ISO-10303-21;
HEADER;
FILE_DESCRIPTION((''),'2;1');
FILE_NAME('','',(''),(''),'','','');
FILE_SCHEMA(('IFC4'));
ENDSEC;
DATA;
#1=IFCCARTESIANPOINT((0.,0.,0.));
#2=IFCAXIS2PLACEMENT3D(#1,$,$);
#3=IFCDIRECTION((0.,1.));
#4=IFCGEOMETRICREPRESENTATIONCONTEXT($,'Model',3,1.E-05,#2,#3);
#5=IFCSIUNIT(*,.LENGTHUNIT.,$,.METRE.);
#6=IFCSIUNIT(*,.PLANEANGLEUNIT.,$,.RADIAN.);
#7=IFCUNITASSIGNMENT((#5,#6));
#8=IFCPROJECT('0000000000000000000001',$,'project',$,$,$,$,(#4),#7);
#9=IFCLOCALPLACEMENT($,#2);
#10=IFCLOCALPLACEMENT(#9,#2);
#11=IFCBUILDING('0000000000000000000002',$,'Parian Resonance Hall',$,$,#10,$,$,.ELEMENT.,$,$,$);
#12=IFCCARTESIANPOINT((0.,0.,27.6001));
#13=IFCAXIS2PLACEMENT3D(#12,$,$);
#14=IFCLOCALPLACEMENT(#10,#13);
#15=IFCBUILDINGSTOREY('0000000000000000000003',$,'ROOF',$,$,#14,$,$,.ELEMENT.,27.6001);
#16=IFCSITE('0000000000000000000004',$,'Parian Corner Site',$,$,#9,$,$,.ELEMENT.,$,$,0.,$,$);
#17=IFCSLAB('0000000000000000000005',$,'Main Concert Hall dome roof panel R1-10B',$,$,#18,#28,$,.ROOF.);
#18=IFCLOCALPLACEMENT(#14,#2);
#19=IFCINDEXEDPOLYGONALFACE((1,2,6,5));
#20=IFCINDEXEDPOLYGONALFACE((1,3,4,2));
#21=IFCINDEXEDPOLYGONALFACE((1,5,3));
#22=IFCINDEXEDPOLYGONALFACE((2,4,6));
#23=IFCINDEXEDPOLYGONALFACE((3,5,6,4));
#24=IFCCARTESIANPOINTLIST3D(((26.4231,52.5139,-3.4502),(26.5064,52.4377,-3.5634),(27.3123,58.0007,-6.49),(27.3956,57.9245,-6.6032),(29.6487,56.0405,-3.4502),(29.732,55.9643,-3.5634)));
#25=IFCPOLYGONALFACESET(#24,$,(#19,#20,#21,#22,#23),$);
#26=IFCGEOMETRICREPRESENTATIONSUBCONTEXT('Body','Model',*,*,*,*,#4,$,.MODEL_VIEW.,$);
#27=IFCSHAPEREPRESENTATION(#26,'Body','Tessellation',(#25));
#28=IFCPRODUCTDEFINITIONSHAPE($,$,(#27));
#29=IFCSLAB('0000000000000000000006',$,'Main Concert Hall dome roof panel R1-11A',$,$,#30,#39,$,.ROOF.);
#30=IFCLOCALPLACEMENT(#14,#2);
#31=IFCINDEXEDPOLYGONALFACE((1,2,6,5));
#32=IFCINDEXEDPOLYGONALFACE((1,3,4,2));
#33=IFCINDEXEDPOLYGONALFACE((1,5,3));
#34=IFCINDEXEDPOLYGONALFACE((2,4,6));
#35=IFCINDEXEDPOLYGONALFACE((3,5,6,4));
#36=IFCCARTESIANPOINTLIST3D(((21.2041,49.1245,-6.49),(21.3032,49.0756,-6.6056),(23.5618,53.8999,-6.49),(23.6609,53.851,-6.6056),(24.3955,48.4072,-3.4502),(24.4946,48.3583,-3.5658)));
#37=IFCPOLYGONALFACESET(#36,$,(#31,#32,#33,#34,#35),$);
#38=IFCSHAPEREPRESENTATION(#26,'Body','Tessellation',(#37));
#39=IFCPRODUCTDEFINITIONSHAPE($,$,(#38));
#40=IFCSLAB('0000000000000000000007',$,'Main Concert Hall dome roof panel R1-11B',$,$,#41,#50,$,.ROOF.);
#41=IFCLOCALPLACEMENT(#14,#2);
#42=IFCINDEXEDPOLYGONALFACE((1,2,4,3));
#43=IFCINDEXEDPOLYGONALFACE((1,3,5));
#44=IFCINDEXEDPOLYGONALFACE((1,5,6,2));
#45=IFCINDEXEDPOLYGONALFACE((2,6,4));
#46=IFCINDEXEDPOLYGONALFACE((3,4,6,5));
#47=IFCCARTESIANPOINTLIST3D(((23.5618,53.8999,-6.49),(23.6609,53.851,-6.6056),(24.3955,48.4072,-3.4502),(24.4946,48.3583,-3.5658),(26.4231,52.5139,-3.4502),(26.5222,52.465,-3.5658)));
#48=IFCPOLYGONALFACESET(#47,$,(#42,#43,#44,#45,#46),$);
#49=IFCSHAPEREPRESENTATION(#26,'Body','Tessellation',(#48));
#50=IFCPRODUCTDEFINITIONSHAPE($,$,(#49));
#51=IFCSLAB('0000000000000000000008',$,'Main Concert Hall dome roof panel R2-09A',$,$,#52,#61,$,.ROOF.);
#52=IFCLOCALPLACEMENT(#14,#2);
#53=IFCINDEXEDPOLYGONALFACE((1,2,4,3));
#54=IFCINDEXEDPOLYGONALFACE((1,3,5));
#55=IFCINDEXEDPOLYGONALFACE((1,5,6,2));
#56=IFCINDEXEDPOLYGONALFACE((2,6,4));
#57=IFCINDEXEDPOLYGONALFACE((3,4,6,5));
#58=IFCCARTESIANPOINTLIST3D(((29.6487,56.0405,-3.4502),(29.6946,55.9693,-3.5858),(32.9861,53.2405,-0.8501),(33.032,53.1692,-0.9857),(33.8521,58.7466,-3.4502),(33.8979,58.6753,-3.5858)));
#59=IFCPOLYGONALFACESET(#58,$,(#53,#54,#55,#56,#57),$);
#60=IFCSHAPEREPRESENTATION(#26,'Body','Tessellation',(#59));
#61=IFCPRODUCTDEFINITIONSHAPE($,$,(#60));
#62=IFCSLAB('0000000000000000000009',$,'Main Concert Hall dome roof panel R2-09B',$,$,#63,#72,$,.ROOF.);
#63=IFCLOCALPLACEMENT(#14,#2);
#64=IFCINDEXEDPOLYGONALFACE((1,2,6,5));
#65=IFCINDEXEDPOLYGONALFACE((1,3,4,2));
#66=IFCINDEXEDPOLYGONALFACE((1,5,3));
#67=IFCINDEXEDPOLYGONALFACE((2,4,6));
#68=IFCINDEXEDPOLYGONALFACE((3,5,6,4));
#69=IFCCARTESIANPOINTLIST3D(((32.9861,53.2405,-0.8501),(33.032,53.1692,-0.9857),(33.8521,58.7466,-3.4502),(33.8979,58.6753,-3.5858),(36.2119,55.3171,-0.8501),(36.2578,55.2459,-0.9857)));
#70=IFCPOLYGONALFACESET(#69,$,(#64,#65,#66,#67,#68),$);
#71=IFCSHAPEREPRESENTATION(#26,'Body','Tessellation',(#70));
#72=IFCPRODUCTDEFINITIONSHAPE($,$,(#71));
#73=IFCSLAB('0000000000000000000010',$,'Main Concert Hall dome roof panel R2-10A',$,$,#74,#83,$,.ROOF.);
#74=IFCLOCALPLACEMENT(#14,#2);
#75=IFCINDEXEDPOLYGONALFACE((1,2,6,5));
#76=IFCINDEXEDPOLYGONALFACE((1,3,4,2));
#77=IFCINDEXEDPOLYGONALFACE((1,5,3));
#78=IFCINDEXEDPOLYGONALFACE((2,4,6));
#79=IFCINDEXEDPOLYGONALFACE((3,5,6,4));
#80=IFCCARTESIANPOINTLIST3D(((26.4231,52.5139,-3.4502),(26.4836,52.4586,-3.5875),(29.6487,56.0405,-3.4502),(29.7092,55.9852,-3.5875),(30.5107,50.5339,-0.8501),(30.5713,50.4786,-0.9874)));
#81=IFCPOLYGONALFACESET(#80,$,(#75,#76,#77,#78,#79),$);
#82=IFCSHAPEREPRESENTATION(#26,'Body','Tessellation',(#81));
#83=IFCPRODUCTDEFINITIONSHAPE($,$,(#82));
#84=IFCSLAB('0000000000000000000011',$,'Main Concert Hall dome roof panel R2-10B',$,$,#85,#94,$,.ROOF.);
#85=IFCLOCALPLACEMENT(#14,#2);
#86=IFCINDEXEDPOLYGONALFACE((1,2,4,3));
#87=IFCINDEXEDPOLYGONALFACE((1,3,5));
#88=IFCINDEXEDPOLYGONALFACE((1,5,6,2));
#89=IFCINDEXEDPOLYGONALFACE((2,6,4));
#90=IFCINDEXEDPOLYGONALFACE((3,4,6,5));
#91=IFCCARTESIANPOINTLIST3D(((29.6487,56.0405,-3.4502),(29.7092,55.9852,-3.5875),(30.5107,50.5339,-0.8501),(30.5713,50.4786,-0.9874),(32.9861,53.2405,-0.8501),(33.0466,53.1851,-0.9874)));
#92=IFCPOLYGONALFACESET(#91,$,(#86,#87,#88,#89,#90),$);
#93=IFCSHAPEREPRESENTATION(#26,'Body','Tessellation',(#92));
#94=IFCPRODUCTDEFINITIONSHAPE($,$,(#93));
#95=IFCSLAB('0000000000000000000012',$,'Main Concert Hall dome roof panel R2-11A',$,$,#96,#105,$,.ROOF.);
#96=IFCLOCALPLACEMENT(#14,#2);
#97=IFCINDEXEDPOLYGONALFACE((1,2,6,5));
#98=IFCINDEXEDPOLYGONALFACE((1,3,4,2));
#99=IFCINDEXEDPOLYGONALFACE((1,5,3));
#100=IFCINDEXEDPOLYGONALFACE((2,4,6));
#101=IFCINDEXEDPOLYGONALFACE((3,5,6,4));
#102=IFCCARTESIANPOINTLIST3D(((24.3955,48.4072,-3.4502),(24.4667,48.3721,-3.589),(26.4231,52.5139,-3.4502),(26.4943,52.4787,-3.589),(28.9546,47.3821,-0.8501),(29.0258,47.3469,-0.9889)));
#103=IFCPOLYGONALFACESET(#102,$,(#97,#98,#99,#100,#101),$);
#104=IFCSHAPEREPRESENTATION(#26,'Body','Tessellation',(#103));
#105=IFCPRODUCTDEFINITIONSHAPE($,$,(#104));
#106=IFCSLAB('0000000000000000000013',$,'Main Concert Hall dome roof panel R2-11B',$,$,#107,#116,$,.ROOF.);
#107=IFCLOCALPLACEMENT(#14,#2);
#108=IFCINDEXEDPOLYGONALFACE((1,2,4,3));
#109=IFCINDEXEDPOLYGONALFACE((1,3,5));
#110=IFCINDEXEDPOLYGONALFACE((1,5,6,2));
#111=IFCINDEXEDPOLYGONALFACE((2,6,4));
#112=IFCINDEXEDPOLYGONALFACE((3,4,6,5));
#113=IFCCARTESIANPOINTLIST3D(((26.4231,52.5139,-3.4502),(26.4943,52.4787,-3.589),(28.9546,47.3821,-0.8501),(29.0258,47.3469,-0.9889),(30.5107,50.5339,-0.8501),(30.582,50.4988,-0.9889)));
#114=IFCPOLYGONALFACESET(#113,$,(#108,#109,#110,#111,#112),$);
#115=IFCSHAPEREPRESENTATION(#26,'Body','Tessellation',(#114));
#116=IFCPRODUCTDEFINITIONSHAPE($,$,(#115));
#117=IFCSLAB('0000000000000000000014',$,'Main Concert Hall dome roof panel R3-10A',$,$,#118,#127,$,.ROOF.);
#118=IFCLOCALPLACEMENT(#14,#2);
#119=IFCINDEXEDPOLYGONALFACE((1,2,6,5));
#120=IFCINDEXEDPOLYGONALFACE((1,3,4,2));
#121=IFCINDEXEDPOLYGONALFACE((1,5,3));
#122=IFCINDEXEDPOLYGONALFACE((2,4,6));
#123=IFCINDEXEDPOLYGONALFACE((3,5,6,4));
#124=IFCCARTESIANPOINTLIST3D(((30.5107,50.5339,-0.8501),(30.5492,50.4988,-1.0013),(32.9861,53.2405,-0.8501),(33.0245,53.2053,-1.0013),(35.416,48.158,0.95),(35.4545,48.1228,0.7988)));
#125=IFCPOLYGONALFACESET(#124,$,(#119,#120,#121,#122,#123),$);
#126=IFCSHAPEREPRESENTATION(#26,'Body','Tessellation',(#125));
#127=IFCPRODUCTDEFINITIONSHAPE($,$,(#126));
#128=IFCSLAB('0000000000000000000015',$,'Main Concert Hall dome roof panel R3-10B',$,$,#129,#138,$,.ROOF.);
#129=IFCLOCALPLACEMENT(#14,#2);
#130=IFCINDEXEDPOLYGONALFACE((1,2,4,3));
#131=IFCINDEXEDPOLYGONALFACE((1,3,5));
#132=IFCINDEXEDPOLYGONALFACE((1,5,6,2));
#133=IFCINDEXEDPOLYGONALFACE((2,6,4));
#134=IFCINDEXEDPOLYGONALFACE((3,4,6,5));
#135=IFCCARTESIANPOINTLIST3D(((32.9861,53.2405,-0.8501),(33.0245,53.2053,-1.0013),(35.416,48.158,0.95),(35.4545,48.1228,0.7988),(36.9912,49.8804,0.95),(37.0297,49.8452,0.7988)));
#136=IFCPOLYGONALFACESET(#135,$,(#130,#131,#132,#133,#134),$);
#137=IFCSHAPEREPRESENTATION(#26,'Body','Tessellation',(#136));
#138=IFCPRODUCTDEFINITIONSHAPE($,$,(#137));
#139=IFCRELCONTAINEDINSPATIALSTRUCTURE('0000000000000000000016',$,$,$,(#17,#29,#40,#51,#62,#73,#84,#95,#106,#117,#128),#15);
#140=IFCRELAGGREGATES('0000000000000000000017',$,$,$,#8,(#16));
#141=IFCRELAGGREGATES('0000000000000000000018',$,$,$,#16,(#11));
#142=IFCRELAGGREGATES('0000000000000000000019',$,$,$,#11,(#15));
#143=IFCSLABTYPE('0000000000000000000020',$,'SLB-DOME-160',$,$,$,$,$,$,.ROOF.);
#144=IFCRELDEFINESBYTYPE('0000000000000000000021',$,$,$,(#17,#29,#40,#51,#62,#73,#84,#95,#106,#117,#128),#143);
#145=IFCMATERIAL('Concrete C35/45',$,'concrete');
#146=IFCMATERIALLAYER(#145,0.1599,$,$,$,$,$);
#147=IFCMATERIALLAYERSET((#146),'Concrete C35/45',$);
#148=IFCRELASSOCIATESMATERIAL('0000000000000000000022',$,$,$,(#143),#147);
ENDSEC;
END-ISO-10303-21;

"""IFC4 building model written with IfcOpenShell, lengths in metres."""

from ifc_helpers import new_model, si_unit, direction, frame, origin, place, context, subcontext, project, spatial, polyline, outline, extrude, material, layer, layer_set, type_object, element, save


model = new_model("IFC4")

# Units and contexts
model_context = context("Model", 3, precision=1e-05, world=origin(), true_north=direction((0.0, 1.0)))
body_context = subcontext(model_context, "Body", "Model", "MODEL_VIEW")
ifc_project = project(units=[si_unit("LENGTHUNIT", "METRE"), si_unit("PLANEANGLEUNIT", "RADIAN")], contexts=[model_context])

# Site, building, storey
site_placement = place(None, origin())
site = spatial("IfcSite", under=ifc_project, at=site_placement, Name="Parian Corner Site", CompositionType="ELEMENT", RefElevation=0.0)
building_placement = place(site_placement, origin())
building = spatial("IfcBuilding", under=site, at=building_placement, Name="Parian Resonance Hall", CompositionType="ELEMENT")
storey_placement = place(building_placement, frame((0.0, 0.0, 27.6001)))
storey = spatial("IfcBuildingStorey", under=building, at=storey_placement, Name="ROOF", CompositionType="ELEMENT", Elevation=27.6001)

# Slabs
ifc_material_1 = material(Name="Concrete C35/45", Category="concrete")
ifc_layer_1 = layer(ifc_material_1, 0.1599)
ifc_layer_set_1 = layer_set([ifc_layer_1], Name="Concrete C35/45")
slab_type = type_object("IfcSlabType", Name="SLB-DOME-160", PredefinedType="ROOF", material=ifc_layer_set_1)
slab_1_placement = place(storey_placement, frame((27.3123, 58.0007, -6.49), z_axis=(-0.521154, 0.476669, 0.707944), x_axis=(-0.14035, -0.86607, 0.479818)))
element("IfcSlab", 1, at=slab_1_placement, inside=storey, type_object=slab_type, Name="Main Concert Hall dome roof panel R1-10B", PredefinedType="ROOF", context=body_context, shape_type="SweptSolid", body=[
    extrude(outline(polyline([(0.0, 0.0), (6.3353, 0.0), (2.8283, 3.2469), (0.0, 0.0)])), origin(), (0.0, 0.0, -1.0), 0.1599),
])
slab_2_placement = place(storey_placement, frame((23.5618, 53.8999, -6.49), z_axis=(-0.619676, 0.305941, 0.722774), x_axis=(-0.442697, -0.896671, 0.0)))
element("IfcSlab", 2, at=slab_2_placement, inside=storey, type_object=slab_type, Name="Main Concert Hall dome roof panel R1-11A", PredefinedType="ROOF", context=body_context, shape_type="SweptSolid", body=[
    extrude(outline(polyline([(0.0, 0.0), (5.3257, 0.0), (4.556, 4.3986), (0.0, 0.0)])), origin(), (0.0, 0.0, -1.0), 0.1599),
])
slab_3_placement = place(storey_placement, frame((23.5618, 53.8999, -6.49), z_axis=(-0.619666, 0.305946, 0.72278), x_axis=(0.131653, -0.867331, 0.480004)))
element("IfcSlab", 3, at=slab_3_placement, inside=storey, type_object=slab_type, Name="Main Concert Hall dome roof panel R1-11B", PredefinedType="ROOF", context=body_context, shape_type="SweptSolid", body=[
    extrude(outline(polyline([(0.0, 0.0), (6.3328, 0.0), (3.0379, 3.1811), (0.0, 0.0)])), origin(), (0.0, 0.0, -1.0), 0.1599),
])
slab_4_placement = place(storey_placement, frame((33.8521, 58.7466, -3.4502), z_axis=(-0.286855, 0.445578, 0.848042), x_axis=(-0.840824, -0.541308, 0.0)))
element("IfcSlab", 4, at=slab_4_placement, inside=storey, type_object=slab_type, Name="Main Concert Hall dome roof panel R2-09A", PredefinedType="ROOF", context=body_context, shape_type="SweptSolid", body=[
    extrude(outline(polyline([(0.0, 0.0), (4.9991, 0.0), (3.7086, 4.9065), (0.0, 0.0)])), origin(), (0.0, 0.0, -1.0), 0.1599),
])
slab_5_placement = place(storey_placement, frame((33.8521, 58.7466, -3.4502), z_axis=(-0.286845, 0.445578, 0.848045), x_axis=(-0.140798, -0.895241, 0.422752)))
element("IfcSlab", 5, at=slab_5_placement, inside=storey, type_object=slab_type, Name="Main Concert Hall dome roof panel R2-09B", PredefinedType="ROOF", context=body_context, shape_type="SweptSolid", body=[
    extrude(outline(polyline([(0.0, 0.0), (6.1504, 0.0), (3.8371, 3.0606), (0.0, 0.0)])), origin(), (0.0, 0.0, -1.0), 0.1599),
])
slab_6_placement = place(storey_placement, frame((29.6487, 56.0405, -3.4502), z_axis=(-0.378419, 0.346118, 0.858488), x_axis=(-0.674912, -0.737898, 0.0)))
element("IfcSlab", 6, at=slab_6_placement, inside=storey, type_object=slab_type, Name="Main Concert Hall dome roof panel R2-10A", PredefinedType="ROOF", context=body_context, shape_type="SweptSolid", body=[
    extrude(outline(polyline([(0.0, 0.0), (4.7793, 0.0), (3.4815, 5.0701), (0.0, 0.0)])), origin(), (0.0, 0.0, -1.0), 0.1599),
])
slab_7_placement = place(storey_placement, frame((29.6487, 56.0405, -3.4502), z_axis=(-0.378439, 0.346112, 0.858481), x_axis=(0.140166, -0.895337, 0.422759)))
element("IfcSlab", 7, at=slab_7_placement, inside=storey, type_object=slab_type, Name="Main Concert Hall dome roof panel R2-10B", PredefinedType="ROOF", context=body_context, shape_type="SweptSolid", body=[
    extrude(outline(polyline([(0.0, 0.0), (6.1503, 0.0), (4.074, 3.0235), (0.0, 0.0)])), origin(), (0.0, 0.0, -1.0), 0.1599),
])
slab_8_placement = place(storey_placement, frame((26.4231, 52.5139, -3.4502), z_axis=(-0.445487, 0.21995, 0.86785), x_axis=(-0.442709, -0.896665, 0.0)))
element("IfcSlab", 8, at=slab_8_placement, inside=storey, type_object=slab_type, Name="Main Concert Hall dome roof panel R2-11A", PredefinedType="ROOF", context=body_context, shape_type="SweptSolid", body=[
    extrude(outline(polyline([(0.0, 0.0), (4.58, 0.0), (3.4808, 5.2334), (0.0, 0.0)])), origin(), (0.0, 0.0, -1.0), 0.1599),
])
slab_9_placement = place(storey_placement, frame((26.4231, 52.5139, -3.4502), z_axis=(-0.445488, 0.219949, 0.867849), x_axis=(0.402766, -0.816485, 0.413681)))
element("IfcSlab", 9, at=slab_9_placement, inside=storey, type_object=slab_type, Name="Main Concert Hall dome roof panel R2-11B", PredefinedType="ROOF", context=body_context, shape_type="SweptSolid", body=[
    extrude(outline(polyline([(0.0, 0.0), (6.2853, 0.0), (4.3386, 2.9268), (0.0, 0.0)])), origin(), (0.0, 0.0, -1.0), 0.1599),
])
slab_10_placement = place(storey_placement, frame((32.9861, 53.2405, -0.8501), z_axis=(-0.240429, 0.219891, 0.945432), x_axis=(-0.674886, -0.737922, 0.0)))
element("IfcSlab", 10, at=slab_10_placement, inside=storey, type_object=slab_type, Name="Main Concert Hall dome roof panel R3-10A", PredefinedType="ROOF", context=body_context, shape_type="SweptSolid", body=[
    extrude(outline(polyline([(0.0, 0.0), (3.6678, 0.0), (2.1106, 5.5247), (0.0, 0.0)])), origin(), (0.0, 0.0, -1.0), 0.1599),
])
slab_11_placement = place(storey_placement, frame((32.9861, 53.2405, -0.8501), z_axis=(-0.240437, 0.219886, 0.945431), x_axis=(0.41087, -0.859388, 0.304365)))
element("IfcSlab", 11, at=slab_11_placement, inside=storey, type_object=slab_type, Name="Main Concert Hall dome roof panel R3-10B", PredefinedType="ROOF", context=body_context, shape_type="SweptSolid", body=[
    extrude(outline(polyline([(0.0, 0.0), (5.9141, 0.0), (5.0811, 2.1804), (0.0, 0.0)])), origin(), (0.0, 0.0, -1.0), 0.1599),
])

save(model, "model.ifc")
